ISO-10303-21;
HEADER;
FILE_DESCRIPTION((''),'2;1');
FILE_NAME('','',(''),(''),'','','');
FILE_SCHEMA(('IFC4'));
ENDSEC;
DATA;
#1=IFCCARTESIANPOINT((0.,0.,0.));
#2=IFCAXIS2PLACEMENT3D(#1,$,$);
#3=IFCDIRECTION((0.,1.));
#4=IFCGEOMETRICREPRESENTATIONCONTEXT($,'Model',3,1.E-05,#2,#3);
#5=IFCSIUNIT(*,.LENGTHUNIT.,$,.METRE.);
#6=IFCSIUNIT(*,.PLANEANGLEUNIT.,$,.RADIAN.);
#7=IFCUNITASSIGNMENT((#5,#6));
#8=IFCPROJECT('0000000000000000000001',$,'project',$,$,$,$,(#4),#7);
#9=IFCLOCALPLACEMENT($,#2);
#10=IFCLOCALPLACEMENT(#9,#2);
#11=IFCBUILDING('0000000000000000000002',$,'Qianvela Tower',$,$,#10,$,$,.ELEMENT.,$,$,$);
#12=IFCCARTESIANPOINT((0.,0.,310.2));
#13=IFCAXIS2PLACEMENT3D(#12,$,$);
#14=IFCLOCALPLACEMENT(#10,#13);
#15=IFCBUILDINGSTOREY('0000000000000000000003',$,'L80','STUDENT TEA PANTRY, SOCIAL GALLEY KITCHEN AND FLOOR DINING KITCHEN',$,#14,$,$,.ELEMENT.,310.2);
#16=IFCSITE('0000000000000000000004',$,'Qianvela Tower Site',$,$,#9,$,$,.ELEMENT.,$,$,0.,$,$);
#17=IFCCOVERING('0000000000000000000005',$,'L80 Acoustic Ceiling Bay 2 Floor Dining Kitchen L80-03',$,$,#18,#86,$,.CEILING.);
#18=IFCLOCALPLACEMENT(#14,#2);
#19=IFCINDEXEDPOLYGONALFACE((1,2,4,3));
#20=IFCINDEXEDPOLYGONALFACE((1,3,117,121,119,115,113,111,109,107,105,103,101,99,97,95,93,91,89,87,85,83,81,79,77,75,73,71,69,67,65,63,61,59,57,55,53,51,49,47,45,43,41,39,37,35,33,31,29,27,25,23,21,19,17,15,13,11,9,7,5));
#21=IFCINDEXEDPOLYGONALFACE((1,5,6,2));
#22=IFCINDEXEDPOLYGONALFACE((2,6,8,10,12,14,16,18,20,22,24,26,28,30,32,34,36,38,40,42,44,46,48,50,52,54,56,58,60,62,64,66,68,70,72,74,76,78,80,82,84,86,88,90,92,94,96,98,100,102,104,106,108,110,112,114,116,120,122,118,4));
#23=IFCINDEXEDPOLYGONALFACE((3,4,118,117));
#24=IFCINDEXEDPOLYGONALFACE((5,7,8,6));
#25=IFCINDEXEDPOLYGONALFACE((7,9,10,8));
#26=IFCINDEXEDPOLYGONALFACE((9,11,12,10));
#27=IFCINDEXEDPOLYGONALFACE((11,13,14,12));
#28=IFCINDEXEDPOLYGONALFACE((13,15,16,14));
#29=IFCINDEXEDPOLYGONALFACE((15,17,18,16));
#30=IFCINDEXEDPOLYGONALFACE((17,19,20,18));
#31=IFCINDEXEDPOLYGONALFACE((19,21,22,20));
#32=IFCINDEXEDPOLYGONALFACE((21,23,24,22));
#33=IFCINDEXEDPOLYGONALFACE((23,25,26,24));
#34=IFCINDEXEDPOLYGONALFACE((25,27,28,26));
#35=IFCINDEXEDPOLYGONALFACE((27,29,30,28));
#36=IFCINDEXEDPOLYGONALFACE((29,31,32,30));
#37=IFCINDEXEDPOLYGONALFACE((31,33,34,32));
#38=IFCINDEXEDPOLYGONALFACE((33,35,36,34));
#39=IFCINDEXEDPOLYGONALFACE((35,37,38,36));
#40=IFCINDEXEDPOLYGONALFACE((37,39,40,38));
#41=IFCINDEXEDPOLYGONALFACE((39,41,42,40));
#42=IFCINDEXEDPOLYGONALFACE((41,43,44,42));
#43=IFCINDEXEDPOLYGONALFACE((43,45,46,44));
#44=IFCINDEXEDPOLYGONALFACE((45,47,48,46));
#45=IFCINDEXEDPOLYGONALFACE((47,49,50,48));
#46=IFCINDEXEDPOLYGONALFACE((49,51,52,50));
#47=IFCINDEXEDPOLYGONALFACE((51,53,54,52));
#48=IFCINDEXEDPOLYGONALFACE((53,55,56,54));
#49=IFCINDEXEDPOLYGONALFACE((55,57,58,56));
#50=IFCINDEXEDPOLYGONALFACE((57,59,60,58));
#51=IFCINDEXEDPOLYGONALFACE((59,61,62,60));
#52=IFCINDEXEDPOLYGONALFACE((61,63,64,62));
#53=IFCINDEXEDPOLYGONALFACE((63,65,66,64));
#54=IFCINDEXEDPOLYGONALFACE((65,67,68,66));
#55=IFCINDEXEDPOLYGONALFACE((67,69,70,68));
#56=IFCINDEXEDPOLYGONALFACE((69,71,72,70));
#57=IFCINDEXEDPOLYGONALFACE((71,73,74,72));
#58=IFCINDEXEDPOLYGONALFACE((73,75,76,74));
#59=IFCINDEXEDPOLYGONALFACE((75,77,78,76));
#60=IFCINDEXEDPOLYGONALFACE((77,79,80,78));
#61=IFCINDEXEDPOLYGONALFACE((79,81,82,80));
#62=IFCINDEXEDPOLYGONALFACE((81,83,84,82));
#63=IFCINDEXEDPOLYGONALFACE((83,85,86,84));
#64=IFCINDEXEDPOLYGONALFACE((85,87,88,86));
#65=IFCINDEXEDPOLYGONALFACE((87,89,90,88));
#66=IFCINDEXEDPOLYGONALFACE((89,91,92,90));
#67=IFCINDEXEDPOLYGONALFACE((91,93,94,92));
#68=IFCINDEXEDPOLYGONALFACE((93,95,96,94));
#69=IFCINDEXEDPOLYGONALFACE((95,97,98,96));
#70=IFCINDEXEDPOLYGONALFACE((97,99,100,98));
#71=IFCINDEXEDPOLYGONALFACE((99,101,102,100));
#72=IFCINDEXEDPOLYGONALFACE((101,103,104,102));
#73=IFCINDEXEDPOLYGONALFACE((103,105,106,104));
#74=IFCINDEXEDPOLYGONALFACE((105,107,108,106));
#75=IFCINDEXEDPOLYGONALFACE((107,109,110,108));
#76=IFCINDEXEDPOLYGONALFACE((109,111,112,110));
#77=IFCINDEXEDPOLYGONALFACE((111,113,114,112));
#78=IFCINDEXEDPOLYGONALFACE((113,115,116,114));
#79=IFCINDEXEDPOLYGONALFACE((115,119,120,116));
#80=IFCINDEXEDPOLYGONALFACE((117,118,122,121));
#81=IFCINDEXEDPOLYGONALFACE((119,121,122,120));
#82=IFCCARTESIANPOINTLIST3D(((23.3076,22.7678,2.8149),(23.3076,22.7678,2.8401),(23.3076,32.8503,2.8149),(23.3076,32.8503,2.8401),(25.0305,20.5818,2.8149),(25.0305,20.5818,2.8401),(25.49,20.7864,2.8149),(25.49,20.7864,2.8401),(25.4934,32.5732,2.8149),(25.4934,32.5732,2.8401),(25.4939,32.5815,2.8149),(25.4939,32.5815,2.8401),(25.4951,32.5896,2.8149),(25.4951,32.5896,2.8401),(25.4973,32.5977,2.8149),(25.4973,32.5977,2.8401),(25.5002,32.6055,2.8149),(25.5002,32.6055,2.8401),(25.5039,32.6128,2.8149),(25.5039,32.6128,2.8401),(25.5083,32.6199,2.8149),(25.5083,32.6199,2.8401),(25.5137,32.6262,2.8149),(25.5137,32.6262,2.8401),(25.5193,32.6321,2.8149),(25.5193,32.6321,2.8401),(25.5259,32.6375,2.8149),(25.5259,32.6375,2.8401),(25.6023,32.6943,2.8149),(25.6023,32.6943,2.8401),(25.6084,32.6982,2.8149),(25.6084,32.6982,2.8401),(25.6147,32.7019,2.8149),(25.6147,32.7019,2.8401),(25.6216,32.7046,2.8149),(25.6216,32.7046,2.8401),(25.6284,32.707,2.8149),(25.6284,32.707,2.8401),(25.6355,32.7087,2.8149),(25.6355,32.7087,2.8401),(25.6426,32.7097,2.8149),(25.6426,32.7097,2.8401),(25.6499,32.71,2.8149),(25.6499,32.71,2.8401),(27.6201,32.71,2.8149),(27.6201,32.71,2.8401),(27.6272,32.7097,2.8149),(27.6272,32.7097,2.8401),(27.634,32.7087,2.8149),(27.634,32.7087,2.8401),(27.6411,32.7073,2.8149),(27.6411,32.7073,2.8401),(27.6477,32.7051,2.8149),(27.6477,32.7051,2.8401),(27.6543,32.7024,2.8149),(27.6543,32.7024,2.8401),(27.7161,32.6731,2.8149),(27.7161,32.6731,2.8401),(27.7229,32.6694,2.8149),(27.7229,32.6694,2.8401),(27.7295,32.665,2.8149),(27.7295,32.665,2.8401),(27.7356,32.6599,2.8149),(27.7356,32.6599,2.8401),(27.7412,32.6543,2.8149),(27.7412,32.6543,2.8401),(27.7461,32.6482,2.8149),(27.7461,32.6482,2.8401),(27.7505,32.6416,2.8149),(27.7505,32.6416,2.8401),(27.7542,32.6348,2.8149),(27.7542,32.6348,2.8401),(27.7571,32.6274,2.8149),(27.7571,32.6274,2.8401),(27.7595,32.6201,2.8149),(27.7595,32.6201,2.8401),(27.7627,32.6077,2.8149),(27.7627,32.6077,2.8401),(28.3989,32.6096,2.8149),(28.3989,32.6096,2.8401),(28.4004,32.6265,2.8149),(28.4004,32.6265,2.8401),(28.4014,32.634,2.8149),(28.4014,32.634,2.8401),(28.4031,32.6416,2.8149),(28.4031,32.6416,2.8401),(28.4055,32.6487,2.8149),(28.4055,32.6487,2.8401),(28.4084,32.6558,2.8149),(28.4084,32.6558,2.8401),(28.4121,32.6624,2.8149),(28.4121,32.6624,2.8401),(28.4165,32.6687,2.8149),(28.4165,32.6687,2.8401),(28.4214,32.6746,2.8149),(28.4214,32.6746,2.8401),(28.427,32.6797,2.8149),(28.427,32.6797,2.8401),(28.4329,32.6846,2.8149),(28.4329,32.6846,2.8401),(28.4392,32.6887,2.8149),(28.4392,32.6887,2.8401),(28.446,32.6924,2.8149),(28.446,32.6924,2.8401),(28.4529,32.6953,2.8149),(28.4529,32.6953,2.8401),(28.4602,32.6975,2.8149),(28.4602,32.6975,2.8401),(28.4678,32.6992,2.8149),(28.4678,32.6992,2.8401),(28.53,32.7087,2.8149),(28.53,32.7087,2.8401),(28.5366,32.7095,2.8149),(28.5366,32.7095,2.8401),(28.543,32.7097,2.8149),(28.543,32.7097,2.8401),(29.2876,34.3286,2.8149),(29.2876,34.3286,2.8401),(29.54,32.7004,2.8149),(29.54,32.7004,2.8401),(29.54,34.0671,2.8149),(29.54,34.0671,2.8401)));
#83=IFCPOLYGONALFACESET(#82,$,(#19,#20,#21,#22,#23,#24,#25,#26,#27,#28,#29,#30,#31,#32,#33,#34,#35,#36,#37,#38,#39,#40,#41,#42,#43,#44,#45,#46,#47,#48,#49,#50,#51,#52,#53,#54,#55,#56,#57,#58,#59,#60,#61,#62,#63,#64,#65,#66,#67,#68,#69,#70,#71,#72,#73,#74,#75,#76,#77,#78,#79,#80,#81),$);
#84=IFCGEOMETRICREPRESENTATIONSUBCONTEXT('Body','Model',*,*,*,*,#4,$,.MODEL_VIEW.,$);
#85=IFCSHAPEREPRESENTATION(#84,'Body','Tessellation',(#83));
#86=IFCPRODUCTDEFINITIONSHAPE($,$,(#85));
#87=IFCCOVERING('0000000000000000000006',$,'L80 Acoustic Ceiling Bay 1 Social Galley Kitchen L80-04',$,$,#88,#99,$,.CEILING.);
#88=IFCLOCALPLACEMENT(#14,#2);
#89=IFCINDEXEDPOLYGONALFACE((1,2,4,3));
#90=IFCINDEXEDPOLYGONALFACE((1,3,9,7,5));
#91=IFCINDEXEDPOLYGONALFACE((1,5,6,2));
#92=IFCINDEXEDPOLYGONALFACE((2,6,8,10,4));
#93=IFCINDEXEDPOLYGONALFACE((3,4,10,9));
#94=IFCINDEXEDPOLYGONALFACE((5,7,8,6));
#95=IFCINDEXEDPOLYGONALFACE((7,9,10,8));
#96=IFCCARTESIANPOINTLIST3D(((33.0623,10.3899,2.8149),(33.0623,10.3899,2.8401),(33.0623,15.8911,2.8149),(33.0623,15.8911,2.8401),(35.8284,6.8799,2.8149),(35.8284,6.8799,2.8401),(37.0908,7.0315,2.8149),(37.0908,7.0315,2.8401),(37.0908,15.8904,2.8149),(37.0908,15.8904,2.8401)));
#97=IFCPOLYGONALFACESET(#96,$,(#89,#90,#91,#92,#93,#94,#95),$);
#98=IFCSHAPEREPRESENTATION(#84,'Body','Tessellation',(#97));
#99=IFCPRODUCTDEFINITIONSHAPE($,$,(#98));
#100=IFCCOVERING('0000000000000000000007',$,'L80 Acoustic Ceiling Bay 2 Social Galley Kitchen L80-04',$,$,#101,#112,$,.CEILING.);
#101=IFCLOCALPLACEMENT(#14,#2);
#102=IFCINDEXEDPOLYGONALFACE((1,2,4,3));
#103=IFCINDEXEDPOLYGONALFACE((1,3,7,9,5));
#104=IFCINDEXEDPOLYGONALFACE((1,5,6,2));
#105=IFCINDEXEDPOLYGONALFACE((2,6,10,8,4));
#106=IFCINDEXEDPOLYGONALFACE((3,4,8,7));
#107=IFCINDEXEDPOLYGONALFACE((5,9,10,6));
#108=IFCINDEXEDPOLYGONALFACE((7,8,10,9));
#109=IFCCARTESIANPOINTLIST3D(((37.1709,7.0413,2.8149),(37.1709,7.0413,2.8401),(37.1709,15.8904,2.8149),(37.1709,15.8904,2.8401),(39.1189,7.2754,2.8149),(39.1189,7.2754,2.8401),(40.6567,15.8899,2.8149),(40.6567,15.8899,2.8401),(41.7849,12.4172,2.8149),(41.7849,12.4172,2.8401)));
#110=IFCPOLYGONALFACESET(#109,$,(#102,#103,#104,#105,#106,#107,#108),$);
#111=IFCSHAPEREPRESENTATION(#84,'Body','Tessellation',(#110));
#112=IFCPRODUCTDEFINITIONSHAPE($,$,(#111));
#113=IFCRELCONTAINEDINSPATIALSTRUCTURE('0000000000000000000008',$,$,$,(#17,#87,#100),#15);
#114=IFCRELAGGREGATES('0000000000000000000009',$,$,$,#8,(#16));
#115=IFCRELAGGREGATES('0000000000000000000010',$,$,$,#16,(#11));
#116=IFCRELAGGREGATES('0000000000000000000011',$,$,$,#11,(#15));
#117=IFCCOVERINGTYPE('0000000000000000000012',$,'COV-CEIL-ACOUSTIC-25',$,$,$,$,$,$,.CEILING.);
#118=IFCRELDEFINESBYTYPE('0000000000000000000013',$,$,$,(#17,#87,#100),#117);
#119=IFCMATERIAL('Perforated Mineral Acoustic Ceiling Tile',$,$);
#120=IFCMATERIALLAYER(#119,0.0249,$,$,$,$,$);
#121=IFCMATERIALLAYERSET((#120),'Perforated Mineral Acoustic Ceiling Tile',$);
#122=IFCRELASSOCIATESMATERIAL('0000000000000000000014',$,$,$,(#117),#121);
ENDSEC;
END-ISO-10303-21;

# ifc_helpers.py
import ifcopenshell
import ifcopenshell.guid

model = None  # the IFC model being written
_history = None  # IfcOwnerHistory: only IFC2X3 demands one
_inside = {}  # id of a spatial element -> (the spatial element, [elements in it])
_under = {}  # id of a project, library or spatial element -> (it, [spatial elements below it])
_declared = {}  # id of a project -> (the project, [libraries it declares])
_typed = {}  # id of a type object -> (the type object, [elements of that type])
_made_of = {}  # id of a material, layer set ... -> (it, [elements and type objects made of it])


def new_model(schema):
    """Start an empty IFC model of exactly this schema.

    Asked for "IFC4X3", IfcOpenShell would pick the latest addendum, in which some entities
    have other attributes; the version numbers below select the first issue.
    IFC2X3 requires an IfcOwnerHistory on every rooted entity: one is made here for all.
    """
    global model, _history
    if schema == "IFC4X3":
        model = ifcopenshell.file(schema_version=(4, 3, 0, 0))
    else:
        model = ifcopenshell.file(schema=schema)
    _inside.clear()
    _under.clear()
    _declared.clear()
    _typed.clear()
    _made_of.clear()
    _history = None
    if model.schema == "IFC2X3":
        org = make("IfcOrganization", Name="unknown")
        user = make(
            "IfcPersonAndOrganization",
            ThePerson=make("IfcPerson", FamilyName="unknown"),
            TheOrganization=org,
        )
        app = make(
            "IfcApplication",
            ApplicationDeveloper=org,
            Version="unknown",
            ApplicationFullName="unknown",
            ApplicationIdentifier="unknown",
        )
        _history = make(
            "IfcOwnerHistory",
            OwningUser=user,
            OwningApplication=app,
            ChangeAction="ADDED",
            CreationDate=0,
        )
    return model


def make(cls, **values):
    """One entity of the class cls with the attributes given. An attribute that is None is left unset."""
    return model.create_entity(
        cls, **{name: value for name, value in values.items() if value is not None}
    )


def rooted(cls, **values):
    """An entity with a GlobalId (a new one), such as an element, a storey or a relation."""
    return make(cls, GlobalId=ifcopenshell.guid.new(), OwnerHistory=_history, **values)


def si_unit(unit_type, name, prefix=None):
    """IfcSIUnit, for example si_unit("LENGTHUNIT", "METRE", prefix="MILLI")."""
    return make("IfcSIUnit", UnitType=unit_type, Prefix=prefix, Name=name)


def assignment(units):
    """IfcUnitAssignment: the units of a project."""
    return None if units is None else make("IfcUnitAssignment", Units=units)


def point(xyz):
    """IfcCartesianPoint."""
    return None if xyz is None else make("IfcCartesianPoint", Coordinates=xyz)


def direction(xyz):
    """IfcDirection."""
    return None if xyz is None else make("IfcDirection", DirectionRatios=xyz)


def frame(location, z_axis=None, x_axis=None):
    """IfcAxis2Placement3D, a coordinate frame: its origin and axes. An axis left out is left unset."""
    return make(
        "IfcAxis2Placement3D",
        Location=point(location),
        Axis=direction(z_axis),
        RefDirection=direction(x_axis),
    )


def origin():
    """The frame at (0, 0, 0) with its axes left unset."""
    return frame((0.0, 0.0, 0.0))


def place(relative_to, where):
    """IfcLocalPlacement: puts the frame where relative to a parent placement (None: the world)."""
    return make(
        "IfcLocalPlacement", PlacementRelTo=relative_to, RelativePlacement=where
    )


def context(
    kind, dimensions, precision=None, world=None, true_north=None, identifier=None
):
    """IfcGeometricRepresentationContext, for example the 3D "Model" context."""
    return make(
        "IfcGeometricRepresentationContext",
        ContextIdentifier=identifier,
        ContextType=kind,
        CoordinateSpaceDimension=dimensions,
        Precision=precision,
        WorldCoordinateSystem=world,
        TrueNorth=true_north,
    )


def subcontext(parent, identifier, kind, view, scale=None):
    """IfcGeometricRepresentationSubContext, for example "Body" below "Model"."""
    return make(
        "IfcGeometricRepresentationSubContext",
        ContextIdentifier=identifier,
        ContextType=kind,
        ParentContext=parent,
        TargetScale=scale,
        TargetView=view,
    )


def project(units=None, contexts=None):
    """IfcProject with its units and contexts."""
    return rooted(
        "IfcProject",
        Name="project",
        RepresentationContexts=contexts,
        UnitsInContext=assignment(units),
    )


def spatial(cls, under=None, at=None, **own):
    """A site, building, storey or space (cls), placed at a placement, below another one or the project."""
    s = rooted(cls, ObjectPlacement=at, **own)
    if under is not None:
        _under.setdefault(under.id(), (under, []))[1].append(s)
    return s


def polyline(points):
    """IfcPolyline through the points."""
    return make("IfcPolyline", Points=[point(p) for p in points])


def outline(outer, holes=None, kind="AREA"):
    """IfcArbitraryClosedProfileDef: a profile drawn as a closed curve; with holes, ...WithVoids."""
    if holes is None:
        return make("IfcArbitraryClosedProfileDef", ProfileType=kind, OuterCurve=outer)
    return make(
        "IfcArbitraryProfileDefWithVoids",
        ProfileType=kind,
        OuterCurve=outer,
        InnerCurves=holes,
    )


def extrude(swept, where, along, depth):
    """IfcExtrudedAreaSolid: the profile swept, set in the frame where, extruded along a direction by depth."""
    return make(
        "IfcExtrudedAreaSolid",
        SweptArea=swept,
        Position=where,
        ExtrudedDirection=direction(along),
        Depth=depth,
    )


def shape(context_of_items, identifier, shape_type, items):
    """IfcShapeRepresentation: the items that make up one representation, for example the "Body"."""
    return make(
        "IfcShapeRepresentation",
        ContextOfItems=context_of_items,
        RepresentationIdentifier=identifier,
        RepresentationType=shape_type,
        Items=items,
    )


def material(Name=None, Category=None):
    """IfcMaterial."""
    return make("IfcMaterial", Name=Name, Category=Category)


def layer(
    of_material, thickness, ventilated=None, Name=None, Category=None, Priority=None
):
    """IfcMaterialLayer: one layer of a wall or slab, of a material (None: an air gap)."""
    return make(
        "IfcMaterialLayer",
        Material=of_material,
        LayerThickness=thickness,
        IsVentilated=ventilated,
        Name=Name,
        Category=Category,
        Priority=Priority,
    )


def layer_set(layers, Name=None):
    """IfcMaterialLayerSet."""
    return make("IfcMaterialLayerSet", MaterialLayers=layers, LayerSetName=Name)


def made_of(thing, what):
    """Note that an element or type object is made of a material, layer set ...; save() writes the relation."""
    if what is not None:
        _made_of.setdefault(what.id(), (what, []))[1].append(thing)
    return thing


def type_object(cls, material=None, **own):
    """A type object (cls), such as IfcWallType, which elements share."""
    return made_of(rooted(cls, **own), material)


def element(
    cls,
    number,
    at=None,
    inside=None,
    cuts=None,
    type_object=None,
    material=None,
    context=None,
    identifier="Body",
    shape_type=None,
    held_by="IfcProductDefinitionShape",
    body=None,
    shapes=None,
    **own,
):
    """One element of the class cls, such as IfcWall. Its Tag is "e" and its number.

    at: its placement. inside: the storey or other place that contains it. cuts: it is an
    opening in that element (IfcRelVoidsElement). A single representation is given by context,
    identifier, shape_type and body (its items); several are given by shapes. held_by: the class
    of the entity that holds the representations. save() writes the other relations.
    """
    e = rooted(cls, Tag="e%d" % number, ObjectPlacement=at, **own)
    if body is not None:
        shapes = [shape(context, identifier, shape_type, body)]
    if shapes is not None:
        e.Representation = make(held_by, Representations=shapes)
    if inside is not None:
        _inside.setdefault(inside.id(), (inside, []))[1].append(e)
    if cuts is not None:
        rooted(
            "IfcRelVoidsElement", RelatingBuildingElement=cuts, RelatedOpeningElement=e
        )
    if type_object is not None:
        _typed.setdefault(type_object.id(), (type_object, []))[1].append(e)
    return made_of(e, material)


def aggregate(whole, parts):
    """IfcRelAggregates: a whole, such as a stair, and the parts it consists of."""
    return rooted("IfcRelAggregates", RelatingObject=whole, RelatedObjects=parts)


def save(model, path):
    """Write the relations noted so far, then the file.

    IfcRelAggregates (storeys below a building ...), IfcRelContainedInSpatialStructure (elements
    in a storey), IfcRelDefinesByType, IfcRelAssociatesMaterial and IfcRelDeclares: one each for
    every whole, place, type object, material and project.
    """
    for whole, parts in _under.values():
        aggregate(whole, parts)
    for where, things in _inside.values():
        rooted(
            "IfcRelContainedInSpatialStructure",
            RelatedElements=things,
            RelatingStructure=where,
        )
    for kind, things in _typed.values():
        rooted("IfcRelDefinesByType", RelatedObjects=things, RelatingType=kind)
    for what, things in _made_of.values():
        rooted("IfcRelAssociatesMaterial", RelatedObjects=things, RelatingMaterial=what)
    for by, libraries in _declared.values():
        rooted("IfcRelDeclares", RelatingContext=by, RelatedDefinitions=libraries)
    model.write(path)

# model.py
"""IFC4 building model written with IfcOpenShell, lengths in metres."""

from ifc_helpers import new_model, si_unit, direction, frame, origin, place, context, subcontext, project, spatial, polyline, outline, extrude, material, layer, layer_set, type_object, element, save


model = new_model("IFC4")

# Units and contexts
model_context = context("Model", 3, precision=1e-05, world=origin(), true_north=direction((0.0, 1.0)))
body_context = subcontext(model_context, "Body", "Model", "MODEL_VIEW")
ifc_project = project(units=[si_unit("LENGTHUNIT", "METRE"), si_unit("PLANEANGLEUNIT", "RADIAN")], contexts=[model_context])

# Site, building, storey
site_placement = place(None, origin())
site = spatial("IfcSite", under=ifc_project, at=site_placement, Name="Qianvela Tower Site", CompositionType="ELEMENT", RefElevation=0.0)
building_placement = place(site_placement, origin())
building = spatial("IfcBuilding", under=site, at=building_placement, Name="Qianvela Tower", CompositionType="ELEMENT")
storey_placement = place(building_placement, frame((0.0, 0.0, 310.2)))
storey = spatial("IfcBuildingStorey", under=building, at=storey_placement, Name="L80", Description="STUDENT TEA PANTRY, SOCIAL GALLEY KITCHEN AND FLOOR DINING KITCHEN", CompositionType="ELEMENT", Elevation=310.2)

# Coverings
ifc_material_1 = material(Name="Perforated Mineral Acoustic Ceiling Tile")
ifc_layer_1 = layer(ifc_material_1, 0.0249)
ifc_layer_set_1 = layer_set([ifc_layer_1], Name="Perforated Mineral Acoustic Ceiling Tile")
covering_type_1 = type_object("IfcCoveringType", Name="COV-CEIL-ACOUSTIC-25", PredefinedType="CEILING", material=ifc_layer_set_1)
covering_1_placement = place(storey_placement, frame((0.0, 0.0, 2.8149)))
element("IfcCovering", 1, at=covering_1_placement, inside=storey, type_object=covering_type_1, Name="L80 Acoustic Ceiling Bay 2 Floor Dining Kitchen L80-03", PredefinedType="CEILING", context=body_context, shape_type="SweptSolid", body=[
    extrude(outline(polyline([(29.54, 34.0671), (29.54, 32.7004), (28.543, 32.7097), (28.5366, 32.7095), (28.53, 32.7087), (28.4678, 32.6992), (28.4602, 32.6975), (28.4529, 32.6953), (28.446, 32.6924), (28.4392, 32.6887), (28.4329, 32.6846), (28.427, 32.6797), (28.4214, 32.6746), (28.4165, 32.6687), (28.4121, 32.6624), (28.4084, 32.6558), (28.4055, 32.6487), (28.4031, 32.6416), (28.4014, 32.634), (28.4004, 32.6265), (28.3989, 32.6096), (27.7627, 32.6077), (27.7595, 32.6201), (27.7571, 32.6274), (27.7542, 32.6348), (27.7505, 32.6416), (27.7461, 32.6482), (27.7412, 32.6543), (27.7356, 32.6599), (27.7295, 32.665), (27.7229, 32.6694), (27.7161, 32.6731), (27.6543, 32.7024), (27.6477, 32.7051), (27.6411, 32.7073), (27.634, 32.7087), (27.6272, 32.7097), (27.6201, 32.71), (25.6499, 32.71), (25.6426, 32.7097), (25.6355, 32.7087), (25.6284, 32.707), (25.6216, 32.7046), (25.6147, 32.7019), (25.6084, 32.6982), (25.6023, 32.6943), (25.5259, 32.6375), (25.5193, 32.6321), (25.5137, 32.6262), (25.5083, 32.6199), (25.5039, 32.6128), (25.5002, 32.6055), (25.4973, 32.5977), (25.4951, 32.5896), (25.4939, 32.5815), (25.4934, 32.5732), (25.49, 20.7864), (25.0305, 20.5818), (23.3076, 22.7678), (23.3076, 32.8503), (29.2876, 34.3286), (29.54, 34.0671)])), origin(), (0.0, 0.0, 1.0), 0.0251),
])
covering_2_placement = place(storey_placement, frame((0.0, 0.0, 2.8149)))
element("IfcCovering", 2, at=covering_2_placement, inside=storey, type_object=covering_type_1, Name="L80 Acoustic Ceiling Bay 1 Social Galley Kitchen L80-04", PredefinedType="CEILING", context=body_context, shape_type="SweptSolid", body=[
    extrude(outline(polyline([(37.0908, 15.8904), (37.0908, 7.0315), (35.8284, 6.8799), (33.0623, 10.3899), (33.0623, 15.8911), (37.0908, 15.8904)])), origin(), (0.0, 0.0, 1.0), 0.0251),
])
covering_3_placement = place(storey_placement, frame((0.0, 0.0, 2.8149)))
element("IfcCovering", 3, at=covering_3_placement, inside=storey, type_object=covering_type_1, Name="L80 Acoustic Ceiling Bay 2 Social Galley Kitchen L80-04", PredefinedType="CEILING", context=body_context, shape_type="SweptSolid", body=[
    extrude(outline(polyline([(40.6567, 15.8899), (41.7849, 12.4172), (39.1189, 7.2754), (37.1709, 7.0413), (37.1709, 15.8904), (40.6567, 15.8899)])), origin(), (0.0, 0.0, 1.0), 0.0251),
])

save(model, "model.ifc")
